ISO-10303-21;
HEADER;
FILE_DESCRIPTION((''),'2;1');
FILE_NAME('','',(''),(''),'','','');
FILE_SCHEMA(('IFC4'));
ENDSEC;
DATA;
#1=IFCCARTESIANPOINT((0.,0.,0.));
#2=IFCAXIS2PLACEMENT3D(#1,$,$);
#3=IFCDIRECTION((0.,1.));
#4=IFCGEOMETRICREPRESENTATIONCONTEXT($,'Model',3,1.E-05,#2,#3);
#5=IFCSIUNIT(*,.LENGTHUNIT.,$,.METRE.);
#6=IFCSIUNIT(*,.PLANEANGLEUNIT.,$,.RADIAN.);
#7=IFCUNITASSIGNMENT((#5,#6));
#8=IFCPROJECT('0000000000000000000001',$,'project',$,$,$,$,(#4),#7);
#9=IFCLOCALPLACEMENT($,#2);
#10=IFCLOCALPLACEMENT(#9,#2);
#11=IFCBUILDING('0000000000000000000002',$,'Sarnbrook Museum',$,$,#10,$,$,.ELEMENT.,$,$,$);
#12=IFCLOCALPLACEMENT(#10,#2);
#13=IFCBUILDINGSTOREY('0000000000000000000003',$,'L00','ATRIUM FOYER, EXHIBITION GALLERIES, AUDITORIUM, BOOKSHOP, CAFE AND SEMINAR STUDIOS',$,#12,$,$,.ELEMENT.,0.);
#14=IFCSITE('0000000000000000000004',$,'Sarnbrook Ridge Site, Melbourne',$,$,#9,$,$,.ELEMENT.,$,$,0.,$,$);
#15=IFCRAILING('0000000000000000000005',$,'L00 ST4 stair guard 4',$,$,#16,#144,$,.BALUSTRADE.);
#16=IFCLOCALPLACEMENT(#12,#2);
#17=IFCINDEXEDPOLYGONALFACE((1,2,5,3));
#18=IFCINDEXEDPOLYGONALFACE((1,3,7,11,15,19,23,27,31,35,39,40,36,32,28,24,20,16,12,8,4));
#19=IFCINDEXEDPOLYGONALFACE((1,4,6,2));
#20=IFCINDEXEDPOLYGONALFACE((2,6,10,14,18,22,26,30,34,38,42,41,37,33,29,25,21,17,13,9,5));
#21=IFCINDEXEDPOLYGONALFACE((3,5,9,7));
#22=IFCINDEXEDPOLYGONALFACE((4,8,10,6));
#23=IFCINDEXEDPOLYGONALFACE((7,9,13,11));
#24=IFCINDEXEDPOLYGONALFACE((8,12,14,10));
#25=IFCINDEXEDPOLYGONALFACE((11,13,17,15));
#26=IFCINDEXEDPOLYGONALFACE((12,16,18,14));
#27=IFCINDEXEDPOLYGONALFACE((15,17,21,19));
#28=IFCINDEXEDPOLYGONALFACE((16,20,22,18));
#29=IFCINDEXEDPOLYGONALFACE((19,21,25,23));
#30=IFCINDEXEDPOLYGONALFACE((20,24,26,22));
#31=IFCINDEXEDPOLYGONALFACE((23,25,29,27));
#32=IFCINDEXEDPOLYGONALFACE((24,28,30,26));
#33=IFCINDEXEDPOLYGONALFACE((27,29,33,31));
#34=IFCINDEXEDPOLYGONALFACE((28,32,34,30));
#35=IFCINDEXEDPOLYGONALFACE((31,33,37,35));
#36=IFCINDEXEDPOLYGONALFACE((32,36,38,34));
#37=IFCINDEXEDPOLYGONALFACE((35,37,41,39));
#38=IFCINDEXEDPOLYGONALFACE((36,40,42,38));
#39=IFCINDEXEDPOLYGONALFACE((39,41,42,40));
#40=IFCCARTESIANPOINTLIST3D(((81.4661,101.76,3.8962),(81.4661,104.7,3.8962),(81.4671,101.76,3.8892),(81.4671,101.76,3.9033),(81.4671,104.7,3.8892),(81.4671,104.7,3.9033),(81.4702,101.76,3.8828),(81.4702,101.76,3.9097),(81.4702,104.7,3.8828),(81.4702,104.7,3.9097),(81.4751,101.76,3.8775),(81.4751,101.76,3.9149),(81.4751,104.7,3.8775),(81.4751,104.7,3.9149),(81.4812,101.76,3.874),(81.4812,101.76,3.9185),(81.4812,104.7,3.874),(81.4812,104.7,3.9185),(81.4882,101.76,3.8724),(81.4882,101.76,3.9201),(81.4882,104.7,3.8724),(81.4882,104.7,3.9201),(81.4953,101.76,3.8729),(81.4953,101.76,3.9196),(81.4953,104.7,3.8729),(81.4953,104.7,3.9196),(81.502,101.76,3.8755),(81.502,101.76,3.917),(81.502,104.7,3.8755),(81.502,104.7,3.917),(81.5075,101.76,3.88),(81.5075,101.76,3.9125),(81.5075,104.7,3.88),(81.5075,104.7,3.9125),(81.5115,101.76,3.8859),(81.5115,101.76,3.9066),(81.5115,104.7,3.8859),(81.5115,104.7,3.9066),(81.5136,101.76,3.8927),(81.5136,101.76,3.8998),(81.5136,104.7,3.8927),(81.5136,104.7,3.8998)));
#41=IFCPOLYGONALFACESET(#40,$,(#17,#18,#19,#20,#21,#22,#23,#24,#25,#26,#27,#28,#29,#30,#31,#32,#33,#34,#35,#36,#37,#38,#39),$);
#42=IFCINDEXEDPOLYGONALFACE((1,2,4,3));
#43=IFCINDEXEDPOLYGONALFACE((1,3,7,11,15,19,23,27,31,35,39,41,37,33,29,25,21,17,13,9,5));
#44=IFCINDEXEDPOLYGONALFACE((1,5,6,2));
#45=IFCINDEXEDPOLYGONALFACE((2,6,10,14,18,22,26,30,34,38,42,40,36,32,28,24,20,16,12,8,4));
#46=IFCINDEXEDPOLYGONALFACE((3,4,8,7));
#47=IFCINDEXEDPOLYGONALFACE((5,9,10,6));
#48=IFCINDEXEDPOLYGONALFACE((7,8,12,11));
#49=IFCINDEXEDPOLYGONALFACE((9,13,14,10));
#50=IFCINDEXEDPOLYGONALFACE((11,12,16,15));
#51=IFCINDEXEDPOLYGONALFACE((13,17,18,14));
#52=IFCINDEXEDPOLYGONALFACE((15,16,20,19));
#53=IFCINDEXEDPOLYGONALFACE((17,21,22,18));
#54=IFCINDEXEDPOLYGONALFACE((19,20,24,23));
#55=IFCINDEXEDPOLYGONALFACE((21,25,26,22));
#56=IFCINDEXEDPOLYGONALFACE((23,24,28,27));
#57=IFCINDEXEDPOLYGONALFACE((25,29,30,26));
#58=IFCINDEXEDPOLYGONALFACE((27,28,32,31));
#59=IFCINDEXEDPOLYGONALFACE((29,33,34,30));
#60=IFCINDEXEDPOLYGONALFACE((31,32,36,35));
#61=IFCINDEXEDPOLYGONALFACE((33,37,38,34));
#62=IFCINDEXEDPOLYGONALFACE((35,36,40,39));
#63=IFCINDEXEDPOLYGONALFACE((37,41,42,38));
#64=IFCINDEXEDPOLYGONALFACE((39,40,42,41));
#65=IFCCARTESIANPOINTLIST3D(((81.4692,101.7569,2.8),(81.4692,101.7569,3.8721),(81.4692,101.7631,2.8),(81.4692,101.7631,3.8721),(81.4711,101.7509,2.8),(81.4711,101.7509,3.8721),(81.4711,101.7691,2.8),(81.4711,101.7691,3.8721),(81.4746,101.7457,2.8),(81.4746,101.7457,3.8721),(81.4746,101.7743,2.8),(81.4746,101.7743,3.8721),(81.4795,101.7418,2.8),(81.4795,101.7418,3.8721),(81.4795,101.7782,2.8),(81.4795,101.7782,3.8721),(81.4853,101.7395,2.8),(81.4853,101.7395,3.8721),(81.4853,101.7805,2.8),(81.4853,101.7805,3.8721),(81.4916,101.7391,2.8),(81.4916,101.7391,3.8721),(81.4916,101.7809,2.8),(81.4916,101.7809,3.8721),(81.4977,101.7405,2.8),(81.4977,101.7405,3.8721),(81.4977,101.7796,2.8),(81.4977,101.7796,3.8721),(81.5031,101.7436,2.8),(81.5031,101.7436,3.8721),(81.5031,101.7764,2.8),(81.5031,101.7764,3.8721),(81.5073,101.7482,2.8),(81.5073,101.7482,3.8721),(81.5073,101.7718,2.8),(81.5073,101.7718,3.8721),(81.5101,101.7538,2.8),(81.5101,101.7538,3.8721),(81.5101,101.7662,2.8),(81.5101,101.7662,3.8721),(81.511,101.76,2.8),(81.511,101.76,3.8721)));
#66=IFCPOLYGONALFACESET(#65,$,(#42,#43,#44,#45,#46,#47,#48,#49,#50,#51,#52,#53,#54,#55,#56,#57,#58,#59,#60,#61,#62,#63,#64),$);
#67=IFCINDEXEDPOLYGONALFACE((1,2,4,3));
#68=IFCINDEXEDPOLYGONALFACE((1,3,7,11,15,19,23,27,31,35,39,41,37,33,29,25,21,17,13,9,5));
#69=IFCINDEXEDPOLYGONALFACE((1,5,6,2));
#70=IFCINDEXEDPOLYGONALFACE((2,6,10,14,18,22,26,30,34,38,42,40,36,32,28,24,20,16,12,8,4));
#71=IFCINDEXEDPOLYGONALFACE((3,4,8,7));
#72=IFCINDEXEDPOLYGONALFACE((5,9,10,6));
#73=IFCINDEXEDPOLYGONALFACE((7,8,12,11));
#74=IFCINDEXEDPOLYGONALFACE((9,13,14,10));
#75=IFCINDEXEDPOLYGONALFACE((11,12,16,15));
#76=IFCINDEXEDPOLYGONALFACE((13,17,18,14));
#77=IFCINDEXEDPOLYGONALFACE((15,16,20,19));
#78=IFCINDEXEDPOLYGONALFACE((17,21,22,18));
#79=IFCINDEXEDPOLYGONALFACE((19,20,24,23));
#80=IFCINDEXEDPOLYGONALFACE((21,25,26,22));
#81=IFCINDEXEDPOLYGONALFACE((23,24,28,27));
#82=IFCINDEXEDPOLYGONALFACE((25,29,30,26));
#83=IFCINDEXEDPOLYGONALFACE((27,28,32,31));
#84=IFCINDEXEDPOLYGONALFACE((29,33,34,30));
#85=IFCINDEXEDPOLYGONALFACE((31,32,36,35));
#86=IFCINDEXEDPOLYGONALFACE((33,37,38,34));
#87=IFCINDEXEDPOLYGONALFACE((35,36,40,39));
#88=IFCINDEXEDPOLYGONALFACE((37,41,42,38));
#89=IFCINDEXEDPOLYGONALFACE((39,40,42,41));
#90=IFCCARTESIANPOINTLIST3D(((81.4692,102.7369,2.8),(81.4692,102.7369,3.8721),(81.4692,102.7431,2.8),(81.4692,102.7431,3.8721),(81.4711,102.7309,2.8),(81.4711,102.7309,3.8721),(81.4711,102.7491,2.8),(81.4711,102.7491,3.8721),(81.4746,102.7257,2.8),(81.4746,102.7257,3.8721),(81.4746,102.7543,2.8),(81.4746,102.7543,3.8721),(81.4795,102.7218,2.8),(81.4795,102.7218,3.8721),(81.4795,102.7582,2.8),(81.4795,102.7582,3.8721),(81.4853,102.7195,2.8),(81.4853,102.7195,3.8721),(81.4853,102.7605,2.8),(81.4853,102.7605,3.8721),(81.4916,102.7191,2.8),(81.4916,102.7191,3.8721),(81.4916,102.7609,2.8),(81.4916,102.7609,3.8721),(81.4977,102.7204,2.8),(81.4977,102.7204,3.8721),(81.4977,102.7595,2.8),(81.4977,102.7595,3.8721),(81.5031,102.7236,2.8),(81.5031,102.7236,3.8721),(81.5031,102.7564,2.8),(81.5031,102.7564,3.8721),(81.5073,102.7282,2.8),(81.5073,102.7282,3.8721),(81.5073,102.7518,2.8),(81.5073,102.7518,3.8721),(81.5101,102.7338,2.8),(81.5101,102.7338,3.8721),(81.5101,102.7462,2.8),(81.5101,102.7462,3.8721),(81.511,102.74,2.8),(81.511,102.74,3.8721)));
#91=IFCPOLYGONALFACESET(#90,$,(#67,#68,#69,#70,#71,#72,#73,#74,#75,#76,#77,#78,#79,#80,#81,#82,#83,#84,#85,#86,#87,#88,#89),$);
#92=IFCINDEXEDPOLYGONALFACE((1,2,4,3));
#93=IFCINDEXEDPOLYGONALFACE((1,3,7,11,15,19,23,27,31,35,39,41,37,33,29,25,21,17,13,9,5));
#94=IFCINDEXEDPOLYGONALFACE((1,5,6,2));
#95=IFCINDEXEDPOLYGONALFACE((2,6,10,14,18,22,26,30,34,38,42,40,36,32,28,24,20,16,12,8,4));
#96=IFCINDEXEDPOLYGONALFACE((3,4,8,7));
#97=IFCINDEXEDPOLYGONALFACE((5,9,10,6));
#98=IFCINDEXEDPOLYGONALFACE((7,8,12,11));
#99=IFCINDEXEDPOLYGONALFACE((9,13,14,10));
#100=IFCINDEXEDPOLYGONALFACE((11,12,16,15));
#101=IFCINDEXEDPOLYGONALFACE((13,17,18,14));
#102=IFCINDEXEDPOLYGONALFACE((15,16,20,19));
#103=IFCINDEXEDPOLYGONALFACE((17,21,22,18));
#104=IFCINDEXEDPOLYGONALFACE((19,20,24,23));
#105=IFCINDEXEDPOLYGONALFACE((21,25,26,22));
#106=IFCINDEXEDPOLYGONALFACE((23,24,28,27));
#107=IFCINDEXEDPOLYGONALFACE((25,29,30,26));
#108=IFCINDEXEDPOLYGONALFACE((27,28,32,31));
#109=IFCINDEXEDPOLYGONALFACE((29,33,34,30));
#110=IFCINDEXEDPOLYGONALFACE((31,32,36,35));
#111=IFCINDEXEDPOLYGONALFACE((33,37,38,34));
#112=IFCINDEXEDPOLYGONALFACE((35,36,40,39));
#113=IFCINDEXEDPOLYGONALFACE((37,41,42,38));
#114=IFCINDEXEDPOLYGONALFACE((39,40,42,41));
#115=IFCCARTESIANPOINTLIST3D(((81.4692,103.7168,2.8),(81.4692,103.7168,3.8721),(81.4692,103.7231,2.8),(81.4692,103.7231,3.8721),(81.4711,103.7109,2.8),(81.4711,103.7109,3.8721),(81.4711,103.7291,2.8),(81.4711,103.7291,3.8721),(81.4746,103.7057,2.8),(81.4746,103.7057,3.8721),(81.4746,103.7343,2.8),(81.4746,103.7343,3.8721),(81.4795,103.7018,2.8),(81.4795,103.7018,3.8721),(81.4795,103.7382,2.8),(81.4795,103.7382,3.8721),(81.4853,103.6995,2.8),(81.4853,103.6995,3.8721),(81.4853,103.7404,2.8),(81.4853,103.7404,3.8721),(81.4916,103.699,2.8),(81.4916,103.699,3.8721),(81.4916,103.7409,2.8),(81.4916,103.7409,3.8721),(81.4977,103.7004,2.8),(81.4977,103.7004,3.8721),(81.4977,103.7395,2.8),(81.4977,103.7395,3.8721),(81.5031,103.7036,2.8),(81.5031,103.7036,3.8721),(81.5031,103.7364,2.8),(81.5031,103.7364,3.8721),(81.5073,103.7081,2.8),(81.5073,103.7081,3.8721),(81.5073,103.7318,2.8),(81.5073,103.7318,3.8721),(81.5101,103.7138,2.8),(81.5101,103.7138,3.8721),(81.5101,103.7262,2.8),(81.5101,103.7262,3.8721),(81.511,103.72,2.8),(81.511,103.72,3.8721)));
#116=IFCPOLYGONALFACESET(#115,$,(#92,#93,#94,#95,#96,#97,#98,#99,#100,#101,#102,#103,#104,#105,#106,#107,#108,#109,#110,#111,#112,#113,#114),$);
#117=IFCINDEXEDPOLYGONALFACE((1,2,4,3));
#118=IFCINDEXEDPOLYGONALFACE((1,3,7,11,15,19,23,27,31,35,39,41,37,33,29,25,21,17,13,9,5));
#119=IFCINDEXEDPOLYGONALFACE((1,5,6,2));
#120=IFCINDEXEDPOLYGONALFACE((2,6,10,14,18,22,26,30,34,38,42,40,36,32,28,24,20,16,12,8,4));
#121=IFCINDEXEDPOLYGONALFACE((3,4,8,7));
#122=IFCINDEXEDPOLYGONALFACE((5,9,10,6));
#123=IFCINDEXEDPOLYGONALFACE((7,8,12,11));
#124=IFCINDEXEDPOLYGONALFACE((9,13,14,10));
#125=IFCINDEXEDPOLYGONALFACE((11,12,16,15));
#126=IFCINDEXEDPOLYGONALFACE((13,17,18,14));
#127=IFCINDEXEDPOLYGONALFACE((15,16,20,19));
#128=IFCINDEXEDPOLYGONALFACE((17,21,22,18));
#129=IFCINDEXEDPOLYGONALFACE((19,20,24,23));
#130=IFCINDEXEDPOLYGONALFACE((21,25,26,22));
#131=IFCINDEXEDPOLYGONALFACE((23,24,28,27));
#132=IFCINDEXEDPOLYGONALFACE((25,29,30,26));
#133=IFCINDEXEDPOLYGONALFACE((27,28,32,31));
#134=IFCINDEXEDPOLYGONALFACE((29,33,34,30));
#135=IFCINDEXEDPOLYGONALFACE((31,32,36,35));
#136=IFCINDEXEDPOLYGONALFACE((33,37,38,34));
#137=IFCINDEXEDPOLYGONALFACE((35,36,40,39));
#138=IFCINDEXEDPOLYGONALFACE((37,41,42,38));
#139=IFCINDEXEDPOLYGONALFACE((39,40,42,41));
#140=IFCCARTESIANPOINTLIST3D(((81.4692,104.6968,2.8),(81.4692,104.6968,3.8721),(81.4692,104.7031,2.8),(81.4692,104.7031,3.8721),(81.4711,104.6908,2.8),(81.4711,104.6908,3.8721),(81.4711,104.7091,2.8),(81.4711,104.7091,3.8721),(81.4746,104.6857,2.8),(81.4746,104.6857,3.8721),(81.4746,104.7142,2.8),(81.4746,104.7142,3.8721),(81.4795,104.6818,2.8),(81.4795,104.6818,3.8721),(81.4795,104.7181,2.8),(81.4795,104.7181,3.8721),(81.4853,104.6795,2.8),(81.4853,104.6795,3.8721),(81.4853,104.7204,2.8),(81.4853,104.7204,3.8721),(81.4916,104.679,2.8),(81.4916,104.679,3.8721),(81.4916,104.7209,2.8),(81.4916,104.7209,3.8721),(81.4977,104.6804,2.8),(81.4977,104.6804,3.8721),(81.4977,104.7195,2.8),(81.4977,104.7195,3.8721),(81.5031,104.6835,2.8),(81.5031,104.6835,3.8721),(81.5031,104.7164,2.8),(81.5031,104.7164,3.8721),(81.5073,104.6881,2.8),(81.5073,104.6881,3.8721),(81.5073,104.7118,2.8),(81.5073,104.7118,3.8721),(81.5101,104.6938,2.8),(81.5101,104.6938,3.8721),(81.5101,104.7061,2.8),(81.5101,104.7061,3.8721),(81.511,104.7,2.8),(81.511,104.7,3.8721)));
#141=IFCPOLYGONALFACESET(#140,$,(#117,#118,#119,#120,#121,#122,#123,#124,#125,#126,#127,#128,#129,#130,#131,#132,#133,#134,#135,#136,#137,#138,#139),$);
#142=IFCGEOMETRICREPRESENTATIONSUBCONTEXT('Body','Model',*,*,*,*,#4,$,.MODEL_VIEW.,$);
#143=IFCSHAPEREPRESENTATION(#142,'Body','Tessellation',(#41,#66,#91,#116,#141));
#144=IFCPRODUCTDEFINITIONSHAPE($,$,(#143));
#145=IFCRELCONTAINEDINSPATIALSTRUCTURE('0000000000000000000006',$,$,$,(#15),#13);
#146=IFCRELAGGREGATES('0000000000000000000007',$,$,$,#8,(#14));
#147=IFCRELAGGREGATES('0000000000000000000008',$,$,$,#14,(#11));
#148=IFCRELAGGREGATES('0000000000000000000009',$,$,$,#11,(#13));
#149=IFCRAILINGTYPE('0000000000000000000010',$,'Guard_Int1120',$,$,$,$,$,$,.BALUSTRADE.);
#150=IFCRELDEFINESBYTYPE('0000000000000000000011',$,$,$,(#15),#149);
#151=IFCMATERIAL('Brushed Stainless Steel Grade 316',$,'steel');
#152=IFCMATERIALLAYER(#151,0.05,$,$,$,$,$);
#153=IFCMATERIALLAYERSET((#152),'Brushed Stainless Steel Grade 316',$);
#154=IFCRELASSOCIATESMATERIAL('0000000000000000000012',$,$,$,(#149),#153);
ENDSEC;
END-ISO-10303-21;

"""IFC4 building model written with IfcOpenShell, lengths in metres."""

from ifc_helpers import new_model, si_unit, direction, frame, origin, origin_2d, place, context, subcontext, project, spatial, circle, extrude, material, layer, layer_set, type_object, element, save


model = new_model("IFC4")

# Units and contexts
model_context = context("Model", 3, precision=1e-05, world=origin(), true_north=direction((0.0, 1.0)))
body_context = subcontext(model_context, "Body", "Model", "MODEL_VIEW")
ifc_project = project(units=[si_unit("LENGTHUNIT", "METRE"), si_unit("PLANEANGLEUNIT", "RADIAN")], contexts=[model_context])

# Site, building, storey
site_placement = place(None, origin())
site = spatial("IfcSite", under=ifc_project, at=site_placement, Name="Sarnbrook Ridge Site, Melbourne", CompositionType="ELEMENT", RefElevation=0.0)
building_placement = place(site_placement, origin())
building = spatial("IfcBuilding", under=site, at=building_placement, Name="Sarnbrook Museum", CompositionType="ELEMENT")
storey_placement = place(building_placement, origin())
storey = spatial("IfcBuildingStorey", under=building, at=storey_placement, Name="L00", Description="ATRIUM FOYER, EXHIBITION GALLERIES, AUDITORIUM, BOOKSHOP, CAFE AND SEMINAR STUDIOS", CompositionType="ELEMENT", Elevation=0.0)

# Shared definitions
ifc_material_1 = material(Name="Brushed Stainless Steel Grade 316", Category="steel")

# Railing
ifc_layer_1 = layer(ifc_material_1, 0.05)
ifc_layer_set_1 = layer_set([ifc_layer_1], Name="Brushed Stainless Steel Grade 316")
railing_type_1 = type_object("IfcRailingType", Name="Guard_Int1120", PredefinedType="BALUSTRADE", material=ifc_layer_set_1)
for number, where, name in (
    (1, (81.49, 101.76, 2.8), "L00 ST4 stair guard 4"),
):
    element("IfcRailing", number, at=place(storey_placement, frame(where)), inside=storey, type_object=railing_type_1, Name=name, PredefinedType="BALUSTRADE", context=body_context, shape_type="SweptSolid", body=[
        extrude(circle(Radius=0.0239, at=origin_2d()), frame((0.0, 0.0, 1.0962), z_axis=(0.0, 1.0, 0.0), x_axis=(-1.0, 0.0, 0.0)), (0.0, 0.0, 1.0), 2.9399),
        extrude(circle(Radius=0.021, at=origin_2d()), origin(), (0.0, 0.0, 1.0), 1.072),
        extrude(circle(Radius=0.021, at=origin_2d()), frame((0.0, 0.98, 0.0)), (0.0, 0.0, 1.0), 1.072),
        extrude(circle(Radius=0.021, at=origin_2d()), frame((0.0, 1.96, 0.0)), (0.0, 0.0, 1.0), 1.072),
        extrude(circle(Radius=0.021, at=origin_2d()), frame((0.0, 2.9399, 0.0)), (0.0, 0.0, 1.0), 1.072),
    ])

save(model, "model.ifc")
